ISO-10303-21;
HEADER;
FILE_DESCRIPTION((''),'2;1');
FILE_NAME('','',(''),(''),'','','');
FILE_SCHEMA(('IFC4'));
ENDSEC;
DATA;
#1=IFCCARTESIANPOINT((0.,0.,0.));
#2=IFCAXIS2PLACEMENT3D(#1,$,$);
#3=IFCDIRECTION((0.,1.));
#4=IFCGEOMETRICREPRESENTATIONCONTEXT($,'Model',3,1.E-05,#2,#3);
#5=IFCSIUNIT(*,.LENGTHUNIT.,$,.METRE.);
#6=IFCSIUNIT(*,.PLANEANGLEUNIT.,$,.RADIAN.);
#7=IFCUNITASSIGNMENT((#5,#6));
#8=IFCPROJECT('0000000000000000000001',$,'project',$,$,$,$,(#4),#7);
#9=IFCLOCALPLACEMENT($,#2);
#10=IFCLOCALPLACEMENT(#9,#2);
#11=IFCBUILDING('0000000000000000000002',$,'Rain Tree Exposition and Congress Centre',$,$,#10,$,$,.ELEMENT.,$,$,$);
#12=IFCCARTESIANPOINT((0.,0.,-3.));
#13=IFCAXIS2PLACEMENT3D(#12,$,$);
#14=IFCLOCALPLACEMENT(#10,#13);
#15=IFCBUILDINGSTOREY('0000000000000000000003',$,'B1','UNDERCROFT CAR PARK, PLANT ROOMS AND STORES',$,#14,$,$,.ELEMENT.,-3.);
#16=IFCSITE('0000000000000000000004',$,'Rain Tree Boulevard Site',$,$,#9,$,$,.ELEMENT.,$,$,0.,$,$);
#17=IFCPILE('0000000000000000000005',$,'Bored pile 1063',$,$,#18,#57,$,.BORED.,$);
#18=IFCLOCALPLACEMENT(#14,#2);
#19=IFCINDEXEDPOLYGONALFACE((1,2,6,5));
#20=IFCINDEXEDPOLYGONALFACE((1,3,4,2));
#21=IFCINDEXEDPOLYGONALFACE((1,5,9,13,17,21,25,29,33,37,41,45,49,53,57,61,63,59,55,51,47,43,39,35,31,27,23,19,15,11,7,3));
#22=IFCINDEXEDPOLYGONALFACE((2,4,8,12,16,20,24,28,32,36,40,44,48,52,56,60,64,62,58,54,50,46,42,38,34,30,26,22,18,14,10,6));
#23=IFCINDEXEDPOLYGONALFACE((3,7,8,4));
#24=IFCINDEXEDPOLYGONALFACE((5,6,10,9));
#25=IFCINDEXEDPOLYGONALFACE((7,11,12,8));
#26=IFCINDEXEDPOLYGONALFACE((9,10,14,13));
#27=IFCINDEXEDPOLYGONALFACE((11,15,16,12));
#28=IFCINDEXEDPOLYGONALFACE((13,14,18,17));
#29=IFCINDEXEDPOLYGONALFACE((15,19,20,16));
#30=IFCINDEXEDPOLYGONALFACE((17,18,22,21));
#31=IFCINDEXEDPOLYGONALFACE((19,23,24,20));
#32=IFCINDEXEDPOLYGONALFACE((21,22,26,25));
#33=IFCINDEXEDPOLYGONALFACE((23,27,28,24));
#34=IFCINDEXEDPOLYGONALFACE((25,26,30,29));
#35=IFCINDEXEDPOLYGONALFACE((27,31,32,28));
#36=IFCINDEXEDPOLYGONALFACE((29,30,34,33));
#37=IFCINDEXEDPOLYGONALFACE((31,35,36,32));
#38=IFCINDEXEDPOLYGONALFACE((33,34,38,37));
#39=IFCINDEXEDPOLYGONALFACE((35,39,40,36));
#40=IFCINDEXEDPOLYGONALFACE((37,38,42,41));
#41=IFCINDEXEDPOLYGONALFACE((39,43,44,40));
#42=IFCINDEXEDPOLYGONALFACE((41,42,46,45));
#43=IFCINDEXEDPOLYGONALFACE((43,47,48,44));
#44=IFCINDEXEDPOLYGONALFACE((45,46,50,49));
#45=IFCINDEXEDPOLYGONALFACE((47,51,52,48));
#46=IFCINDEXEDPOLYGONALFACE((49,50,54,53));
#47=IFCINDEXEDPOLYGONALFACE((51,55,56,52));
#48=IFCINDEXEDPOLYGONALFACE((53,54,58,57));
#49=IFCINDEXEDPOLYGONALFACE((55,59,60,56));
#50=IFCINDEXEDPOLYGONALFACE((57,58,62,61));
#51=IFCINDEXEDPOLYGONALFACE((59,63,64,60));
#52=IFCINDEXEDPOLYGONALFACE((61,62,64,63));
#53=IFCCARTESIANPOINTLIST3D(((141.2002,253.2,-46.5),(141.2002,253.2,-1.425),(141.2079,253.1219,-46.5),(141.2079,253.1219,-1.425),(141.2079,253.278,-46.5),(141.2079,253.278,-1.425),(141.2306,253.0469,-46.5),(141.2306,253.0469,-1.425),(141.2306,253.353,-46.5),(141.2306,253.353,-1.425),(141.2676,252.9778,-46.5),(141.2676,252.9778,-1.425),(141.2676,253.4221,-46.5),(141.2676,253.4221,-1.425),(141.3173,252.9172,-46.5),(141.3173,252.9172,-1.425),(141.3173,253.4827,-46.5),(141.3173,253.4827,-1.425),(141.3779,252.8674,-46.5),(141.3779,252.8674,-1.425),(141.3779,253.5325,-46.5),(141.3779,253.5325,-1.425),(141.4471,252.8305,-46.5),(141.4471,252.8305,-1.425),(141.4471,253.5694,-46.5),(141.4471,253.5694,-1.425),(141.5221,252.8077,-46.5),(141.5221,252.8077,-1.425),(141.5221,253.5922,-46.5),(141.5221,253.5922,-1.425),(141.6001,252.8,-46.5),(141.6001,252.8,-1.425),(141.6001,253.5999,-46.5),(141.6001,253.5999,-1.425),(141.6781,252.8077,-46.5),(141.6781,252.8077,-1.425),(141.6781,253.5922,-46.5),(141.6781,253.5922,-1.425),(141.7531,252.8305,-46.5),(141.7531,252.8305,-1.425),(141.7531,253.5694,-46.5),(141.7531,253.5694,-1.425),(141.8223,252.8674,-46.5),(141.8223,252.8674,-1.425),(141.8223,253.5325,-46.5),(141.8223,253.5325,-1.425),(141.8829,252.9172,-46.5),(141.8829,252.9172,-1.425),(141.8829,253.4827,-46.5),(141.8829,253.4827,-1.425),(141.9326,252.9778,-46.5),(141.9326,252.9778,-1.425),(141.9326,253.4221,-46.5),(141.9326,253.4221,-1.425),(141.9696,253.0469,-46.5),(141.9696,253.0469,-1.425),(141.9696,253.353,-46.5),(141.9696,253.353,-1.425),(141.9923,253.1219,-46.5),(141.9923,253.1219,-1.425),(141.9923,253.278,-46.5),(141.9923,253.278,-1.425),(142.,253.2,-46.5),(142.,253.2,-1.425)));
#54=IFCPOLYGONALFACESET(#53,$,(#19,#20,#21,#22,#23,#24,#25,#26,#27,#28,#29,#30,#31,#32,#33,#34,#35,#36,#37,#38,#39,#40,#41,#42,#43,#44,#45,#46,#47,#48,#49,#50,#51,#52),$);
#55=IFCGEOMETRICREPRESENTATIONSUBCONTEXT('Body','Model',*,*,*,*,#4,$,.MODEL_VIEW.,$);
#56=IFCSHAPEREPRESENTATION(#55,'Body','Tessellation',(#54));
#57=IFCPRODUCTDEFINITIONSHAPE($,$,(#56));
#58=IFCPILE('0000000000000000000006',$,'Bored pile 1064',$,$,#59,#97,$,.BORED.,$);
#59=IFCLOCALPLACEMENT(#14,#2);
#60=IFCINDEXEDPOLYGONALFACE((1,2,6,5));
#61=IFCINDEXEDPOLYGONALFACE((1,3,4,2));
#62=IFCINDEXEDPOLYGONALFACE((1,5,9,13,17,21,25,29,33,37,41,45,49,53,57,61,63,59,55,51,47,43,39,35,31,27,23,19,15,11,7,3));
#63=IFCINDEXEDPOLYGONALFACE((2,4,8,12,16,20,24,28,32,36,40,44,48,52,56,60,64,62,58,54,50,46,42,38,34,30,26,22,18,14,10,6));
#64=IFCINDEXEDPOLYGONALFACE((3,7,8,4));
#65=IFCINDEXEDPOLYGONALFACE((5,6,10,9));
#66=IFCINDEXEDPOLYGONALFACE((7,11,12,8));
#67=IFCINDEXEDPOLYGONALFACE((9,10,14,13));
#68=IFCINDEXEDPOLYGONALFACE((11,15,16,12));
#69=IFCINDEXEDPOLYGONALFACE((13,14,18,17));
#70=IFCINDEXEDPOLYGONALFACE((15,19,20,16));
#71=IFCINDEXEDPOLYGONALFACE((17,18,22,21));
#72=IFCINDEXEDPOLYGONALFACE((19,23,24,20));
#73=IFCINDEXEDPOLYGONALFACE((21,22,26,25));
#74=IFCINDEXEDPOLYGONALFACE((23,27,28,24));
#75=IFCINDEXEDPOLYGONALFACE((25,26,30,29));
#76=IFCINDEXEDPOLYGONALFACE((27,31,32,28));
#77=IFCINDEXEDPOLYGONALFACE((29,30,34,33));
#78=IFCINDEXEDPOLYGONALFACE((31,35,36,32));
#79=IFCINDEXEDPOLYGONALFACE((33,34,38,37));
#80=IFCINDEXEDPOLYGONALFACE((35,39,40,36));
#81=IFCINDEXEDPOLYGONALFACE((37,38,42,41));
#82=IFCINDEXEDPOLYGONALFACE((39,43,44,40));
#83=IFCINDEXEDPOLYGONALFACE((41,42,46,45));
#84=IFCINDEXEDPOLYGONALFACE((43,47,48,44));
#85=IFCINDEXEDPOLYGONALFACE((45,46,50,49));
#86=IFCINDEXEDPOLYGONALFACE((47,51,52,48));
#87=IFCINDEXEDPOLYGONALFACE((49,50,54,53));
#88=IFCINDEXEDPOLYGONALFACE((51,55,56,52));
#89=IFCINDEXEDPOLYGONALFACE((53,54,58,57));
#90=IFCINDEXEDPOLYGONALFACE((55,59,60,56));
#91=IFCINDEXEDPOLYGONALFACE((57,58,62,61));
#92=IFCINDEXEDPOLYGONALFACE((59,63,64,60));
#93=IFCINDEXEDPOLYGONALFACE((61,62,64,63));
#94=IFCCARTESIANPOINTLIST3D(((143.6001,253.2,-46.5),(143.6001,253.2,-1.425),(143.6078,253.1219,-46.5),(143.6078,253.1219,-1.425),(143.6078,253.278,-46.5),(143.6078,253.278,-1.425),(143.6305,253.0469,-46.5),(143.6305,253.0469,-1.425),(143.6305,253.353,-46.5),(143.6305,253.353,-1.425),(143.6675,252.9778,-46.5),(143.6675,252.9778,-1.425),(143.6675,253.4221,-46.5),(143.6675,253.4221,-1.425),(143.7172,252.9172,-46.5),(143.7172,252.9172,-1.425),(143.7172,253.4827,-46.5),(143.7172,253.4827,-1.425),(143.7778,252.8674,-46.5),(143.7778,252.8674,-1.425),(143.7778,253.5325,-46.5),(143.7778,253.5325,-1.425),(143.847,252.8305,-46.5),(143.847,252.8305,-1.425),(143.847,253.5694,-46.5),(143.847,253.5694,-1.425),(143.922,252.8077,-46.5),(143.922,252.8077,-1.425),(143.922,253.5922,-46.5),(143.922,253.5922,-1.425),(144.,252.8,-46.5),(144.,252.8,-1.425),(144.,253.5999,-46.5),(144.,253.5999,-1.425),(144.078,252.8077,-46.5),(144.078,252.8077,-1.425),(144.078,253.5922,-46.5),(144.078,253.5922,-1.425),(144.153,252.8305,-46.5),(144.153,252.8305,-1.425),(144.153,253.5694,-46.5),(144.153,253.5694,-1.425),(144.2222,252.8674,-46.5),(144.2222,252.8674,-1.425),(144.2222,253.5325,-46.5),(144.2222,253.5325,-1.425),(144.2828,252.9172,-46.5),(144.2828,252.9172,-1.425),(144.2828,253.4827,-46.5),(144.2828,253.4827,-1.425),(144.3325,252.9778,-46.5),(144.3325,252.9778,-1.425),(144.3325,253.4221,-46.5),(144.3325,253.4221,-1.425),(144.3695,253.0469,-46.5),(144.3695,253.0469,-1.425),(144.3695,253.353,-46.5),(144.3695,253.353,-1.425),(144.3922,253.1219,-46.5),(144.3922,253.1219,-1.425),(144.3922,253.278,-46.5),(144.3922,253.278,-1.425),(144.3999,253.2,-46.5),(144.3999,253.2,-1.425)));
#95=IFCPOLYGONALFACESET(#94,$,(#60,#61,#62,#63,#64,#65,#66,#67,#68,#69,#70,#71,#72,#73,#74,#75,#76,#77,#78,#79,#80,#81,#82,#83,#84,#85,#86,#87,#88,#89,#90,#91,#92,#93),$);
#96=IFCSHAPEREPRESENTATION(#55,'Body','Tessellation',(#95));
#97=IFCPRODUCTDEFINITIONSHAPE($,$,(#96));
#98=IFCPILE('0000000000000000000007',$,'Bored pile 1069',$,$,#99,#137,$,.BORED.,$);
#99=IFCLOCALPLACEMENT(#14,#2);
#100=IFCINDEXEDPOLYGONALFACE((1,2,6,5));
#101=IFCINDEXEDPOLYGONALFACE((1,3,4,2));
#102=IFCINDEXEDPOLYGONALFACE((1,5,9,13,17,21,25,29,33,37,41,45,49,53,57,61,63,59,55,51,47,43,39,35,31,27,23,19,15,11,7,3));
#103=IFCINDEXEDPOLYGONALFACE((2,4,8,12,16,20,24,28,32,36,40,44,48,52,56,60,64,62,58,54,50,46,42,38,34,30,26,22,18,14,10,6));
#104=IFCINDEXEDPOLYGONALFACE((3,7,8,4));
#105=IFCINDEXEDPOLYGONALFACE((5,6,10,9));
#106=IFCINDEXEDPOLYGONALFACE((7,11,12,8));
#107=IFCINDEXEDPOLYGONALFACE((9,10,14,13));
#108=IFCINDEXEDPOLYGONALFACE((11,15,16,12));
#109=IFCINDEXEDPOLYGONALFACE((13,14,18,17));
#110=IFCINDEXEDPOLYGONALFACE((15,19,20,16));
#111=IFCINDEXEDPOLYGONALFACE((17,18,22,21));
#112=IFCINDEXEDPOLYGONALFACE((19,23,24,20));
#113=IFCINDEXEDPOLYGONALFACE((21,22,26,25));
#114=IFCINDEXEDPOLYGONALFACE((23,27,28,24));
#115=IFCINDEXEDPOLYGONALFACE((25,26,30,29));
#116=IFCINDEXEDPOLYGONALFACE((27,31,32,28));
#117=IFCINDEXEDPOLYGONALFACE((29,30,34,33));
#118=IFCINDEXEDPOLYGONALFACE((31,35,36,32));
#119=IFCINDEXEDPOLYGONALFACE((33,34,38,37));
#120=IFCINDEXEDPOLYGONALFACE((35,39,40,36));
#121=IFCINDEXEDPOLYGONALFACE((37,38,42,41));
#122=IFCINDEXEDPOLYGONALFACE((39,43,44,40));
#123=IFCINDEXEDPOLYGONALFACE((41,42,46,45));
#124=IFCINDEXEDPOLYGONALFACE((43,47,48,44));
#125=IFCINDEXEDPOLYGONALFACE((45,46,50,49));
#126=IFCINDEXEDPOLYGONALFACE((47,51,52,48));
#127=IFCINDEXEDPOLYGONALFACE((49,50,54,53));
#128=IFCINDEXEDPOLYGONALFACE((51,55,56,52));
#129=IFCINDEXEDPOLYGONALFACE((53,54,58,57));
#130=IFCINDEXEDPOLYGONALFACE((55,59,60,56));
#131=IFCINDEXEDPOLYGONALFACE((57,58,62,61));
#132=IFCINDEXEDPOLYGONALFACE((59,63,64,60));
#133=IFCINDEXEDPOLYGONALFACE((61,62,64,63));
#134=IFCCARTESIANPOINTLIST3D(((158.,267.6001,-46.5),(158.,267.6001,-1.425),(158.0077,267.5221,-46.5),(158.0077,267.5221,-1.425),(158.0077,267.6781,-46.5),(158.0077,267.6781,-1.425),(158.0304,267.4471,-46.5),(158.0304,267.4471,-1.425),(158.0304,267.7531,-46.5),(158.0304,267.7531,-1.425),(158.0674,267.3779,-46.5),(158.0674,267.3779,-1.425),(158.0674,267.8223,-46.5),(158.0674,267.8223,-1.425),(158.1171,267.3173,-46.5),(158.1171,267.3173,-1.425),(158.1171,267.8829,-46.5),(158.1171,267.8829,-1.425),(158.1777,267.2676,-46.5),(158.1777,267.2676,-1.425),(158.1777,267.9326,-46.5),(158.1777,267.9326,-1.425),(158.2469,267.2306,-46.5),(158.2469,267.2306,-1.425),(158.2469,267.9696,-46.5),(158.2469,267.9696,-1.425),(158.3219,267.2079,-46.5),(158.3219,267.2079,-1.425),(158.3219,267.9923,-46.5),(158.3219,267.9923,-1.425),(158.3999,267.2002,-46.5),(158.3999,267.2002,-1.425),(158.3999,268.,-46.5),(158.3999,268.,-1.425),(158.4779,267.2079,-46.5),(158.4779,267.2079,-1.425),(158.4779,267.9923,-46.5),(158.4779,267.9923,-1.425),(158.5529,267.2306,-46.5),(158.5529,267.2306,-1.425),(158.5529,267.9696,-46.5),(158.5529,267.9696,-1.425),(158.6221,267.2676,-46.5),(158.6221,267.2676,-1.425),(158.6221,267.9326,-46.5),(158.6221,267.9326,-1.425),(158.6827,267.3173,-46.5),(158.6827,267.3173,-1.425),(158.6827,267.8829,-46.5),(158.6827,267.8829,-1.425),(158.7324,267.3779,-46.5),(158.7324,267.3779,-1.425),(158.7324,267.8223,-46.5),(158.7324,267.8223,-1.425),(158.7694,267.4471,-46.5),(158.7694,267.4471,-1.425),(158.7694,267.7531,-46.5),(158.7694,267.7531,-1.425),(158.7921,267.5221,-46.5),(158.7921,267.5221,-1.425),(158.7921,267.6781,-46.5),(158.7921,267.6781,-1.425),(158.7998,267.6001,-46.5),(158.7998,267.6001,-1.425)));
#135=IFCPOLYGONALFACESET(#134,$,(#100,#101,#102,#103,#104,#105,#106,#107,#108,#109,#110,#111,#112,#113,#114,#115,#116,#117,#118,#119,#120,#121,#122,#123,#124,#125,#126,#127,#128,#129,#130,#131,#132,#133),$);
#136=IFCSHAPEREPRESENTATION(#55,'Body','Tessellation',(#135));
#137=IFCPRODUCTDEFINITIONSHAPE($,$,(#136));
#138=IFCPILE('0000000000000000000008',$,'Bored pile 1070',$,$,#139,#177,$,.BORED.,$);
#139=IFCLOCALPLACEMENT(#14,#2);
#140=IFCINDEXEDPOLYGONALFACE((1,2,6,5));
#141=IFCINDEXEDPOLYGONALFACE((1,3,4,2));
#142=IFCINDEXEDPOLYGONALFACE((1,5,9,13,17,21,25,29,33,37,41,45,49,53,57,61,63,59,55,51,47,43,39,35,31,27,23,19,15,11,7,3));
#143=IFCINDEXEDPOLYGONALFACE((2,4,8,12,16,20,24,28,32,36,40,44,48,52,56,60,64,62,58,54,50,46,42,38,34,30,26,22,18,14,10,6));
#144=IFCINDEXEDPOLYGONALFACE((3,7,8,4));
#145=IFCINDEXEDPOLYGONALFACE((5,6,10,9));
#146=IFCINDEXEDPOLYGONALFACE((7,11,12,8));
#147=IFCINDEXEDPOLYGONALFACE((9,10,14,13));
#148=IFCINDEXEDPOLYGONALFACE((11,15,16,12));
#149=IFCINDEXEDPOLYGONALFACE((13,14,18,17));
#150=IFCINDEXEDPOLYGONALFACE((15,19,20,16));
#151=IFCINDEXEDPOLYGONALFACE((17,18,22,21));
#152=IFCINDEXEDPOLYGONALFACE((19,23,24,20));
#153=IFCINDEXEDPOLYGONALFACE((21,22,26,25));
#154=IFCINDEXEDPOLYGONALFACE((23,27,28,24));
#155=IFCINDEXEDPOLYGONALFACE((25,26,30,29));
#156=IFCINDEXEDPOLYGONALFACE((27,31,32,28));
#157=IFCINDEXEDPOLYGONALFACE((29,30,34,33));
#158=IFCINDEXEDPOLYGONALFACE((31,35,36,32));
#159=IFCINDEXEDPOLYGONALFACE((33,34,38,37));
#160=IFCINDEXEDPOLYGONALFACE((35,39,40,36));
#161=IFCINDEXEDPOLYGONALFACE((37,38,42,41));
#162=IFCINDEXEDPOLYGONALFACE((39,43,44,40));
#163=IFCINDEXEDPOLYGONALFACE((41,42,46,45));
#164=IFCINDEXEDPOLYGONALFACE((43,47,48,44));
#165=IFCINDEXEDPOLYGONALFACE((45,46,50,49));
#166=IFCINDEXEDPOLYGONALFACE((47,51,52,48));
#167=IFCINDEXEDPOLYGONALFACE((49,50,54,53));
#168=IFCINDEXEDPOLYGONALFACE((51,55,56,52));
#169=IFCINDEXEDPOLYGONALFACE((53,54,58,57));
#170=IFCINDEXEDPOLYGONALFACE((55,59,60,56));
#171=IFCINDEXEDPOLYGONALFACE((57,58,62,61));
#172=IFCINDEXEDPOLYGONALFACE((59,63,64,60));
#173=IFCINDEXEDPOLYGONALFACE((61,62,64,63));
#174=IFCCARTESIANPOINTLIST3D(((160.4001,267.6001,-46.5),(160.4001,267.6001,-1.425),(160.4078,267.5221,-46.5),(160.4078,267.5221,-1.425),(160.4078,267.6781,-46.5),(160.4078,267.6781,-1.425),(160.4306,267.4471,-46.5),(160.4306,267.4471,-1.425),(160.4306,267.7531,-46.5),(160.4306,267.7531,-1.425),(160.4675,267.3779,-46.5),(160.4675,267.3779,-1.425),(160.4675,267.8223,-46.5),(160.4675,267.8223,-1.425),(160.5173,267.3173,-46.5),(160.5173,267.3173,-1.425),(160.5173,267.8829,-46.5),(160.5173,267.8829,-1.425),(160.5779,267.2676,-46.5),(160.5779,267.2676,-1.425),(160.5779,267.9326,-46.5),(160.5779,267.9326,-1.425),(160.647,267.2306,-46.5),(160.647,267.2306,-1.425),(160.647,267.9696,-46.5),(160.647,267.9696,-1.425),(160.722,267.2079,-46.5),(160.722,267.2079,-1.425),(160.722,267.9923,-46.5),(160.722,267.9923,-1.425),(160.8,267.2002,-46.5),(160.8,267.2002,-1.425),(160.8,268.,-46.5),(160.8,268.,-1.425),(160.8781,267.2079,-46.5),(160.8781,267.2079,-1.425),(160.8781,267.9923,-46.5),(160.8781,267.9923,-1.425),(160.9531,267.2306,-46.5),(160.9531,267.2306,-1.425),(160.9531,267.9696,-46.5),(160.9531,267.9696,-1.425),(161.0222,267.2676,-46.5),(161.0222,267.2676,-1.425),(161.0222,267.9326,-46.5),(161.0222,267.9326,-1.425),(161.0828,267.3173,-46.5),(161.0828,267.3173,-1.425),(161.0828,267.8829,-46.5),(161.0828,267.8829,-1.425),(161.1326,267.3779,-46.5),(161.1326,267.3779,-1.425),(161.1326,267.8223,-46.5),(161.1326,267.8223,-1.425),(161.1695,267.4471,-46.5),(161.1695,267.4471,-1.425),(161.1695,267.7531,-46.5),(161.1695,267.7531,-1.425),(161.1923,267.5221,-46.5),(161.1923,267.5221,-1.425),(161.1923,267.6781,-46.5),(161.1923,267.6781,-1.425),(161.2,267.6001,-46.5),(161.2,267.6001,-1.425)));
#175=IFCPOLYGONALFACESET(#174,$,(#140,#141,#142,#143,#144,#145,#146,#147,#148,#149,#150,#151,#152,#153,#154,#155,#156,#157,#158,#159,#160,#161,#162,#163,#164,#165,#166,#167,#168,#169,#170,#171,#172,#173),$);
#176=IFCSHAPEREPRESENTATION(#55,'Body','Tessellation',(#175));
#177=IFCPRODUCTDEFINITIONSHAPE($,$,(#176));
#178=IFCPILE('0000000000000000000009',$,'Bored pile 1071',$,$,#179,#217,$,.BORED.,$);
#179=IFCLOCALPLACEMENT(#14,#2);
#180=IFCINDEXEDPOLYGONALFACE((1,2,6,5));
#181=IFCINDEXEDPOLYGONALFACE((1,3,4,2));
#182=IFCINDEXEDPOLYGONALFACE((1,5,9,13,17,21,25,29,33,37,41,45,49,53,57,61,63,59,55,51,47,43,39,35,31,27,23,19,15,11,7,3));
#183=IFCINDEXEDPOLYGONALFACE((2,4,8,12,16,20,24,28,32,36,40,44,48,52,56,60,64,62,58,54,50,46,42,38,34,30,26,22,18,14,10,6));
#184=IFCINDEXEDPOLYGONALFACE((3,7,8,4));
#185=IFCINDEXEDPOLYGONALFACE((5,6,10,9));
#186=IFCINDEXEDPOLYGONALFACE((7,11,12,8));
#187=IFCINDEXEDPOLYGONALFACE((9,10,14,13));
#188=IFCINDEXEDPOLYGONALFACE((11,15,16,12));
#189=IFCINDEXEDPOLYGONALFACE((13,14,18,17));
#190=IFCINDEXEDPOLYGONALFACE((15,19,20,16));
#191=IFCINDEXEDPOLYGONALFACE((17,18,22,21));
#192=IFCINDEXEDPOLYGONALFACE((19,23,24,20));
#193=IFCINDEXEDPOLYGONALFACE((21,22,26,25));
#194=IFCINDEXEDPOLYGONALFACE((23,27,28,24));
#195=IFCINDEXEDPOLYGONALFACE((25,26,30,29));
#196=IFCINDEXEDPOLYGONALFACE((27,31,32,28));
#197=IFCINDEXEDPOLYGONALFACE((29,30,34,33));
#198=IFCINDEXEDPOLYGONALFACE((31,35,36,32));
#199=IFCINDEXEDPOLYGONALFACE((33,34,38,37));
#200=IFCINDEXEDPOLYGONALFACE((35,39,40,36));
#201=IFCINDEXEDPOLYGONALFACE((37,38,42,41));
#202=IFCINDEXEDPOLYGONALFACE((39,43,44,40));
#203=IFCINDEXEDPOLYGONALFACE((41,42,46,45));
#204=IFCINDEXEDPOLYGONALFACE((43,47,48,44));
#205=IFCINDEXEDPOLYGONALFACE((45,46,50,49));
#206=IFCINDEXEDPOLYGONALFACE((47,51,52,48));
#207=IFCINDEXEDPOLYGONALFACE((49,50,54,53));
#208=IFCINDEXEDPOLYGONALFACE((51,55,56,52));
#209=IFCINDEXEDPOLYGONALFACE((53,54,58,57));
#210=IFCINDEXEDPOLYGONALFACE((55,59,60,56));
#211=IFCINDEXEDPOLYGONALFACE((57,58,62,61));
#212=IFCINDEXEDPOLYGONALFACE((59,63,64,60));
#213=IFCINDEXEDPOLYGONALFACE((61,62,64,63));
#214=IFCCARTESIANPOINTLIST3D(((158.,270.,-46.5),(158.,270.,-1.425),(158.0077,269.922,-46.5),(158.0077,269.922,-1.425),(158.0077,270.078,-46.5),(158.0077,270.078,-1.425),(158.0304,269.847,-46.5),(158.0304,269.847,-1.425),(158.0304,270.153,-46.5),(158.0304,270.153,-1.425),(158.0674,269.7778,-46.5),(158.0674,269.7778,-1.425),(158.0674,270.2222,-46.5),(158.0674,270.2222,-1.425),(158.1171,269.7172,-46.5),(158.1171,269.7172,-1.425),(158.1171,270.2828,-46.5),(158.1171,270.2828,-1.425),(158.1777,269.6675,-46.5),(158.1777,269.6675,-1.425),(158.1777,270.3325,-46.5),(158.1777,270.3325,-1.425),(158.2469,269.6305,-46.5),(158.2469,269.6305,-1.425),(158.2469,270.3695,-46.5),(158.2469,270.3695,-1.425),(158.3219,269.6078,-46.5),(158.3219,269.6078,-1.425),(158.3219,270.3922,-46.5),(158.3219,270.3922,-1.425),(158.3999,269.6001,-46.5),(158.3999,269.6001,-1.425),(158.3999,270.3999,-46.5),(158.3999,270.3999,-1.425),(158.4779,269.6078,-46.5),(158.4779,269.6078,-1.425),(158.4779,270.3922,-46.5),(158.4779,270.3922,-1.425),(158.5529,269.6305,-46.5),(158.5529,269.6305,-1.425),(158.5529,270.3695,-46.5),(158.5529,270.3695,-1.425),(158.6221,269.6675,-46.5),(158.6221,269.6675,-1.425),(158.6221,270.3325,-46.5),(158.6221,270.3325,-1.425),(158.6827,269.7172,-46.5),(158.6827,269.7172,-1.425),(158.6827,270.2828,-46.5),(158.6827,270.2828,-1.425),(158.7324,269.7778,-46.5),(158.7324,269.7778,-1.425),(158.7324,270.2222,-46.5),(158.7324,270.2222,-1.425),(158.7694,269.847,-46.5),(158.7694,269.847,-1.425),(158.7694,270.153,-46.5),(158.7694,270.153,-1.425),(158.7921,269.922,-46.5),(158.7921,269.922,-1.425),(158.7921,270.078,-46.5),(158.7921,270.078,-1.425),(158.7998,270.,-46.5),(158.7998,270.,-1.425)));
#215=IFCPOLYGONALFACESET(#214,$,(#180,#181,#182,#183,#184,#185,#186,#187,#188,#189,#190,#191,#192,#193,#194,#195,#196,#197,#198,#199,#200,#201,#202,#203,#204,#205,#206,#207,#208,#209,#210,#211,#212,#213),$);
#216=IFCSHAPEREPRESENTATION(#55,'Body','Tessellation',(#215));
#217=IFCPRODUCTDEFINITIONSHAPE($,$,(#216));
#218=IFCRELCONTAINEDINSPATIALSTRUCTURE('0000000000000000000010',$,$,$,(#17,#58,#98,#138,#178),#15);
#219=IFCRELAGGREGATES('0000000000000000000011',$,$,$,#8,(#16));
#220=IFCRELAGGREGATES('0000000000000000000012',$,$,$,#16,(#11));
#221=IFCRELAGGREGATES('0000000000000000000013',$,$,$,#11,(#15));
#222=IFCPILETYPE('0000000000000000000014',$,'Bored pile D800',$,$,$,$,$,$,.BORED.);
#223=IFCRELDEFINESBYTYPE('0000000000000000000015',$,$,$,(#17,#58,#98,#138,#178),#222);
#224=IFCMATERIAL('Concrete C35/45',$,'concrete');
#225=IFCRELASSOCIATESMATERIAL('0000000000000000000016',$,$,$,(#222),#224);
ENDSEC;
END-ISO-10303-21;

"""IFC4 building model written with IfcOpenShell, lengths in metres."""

from ifc_helpers import new_model, si_unit, direction, frame, origin, origin_2d, place, context, subcontext, project, spatial, circle, extrude, material, material_profile, profile_set, type_object, element, save


model = new_model("IFC4")

# Units and contexts
model_context = context("Model", 3, precision=1e-05, world=origin(), true_north=direction((0.0, 1.0)))
body_context = subcontext(model_context, "Body", "Model", "MODEL_VIEW")
ifc_project = project(units=[si_unit("LENGTHUNIT", "METRE"), si_unit("PLANEANGLEUNIT", "RADIAN")], contexts=[model_context])

# Site, building, storey
site_placement = place(None, origin())
site = spatial("IfcSite", under=ifc_project, at=site_placement, Name="Rain Tree Boulevard Site", CompositionType="ELEMENT", RefElevation=0.0)
building_placement = place(site_placement, origin())
building = spatial("IfcBuilding", under=site, at=building_placement, Name="Rain Tree Exposition and Congress Centre", CompositionType="ELEMENT")
storey_placement = place(building_placement, frame((0.0, 0.0, -3.0)))
storey = spatial("IfcBuildingStorey", under=building, at=storey_placement, Name="B1", Description="UNDERCROFT CAR PARK, PLANT ROOMS AND STORES", CompositionType="ELEMENT", Elevation=-3.0)

# Piles
ifc_material_1 = material(Name="Concrete C35/45", Category="concrete")
ifc_material_profile_1 = material_profile(ifc_material_1, circle(Radius=0.3999, at=origin_2d()), Name="D800")
ifc_profile_set_1 = profile_set([ifc_material_profile_1], Name="Concrete C35/45")
pile_type = type_object("IfcPileType", Name="Bored pile D800", PredefinedType="BORED", material=ifc_profile_set_1)
for number, where, z_axis, x_axis, name in (
    (1, (141.6001, 253.2, -1.425), (0.0, 0.0, -1.0), (1.0, 0.0, 0.0), "Bored pile 1063"),
    (2, (144.0, 253.2, -1.425), (0.0, 0.0, -1.0), (1.0, 0.0, 0.0), "Bored pile 1064"),
    (3, (158.3999, 267.6001, -1.425), (0.0, 0.0, -1.0), (1.0, 0.0, 0.0), "Bored pile 1069"),
    (4, (160.8, 267.6001, -1.425), (0.0, 0.0, -1.0), (1.0, 0.0, 0.0), "Bored pile 1070"),
    (5, (158.3999, 270.0, -1.425), (0.0, 0.0, -1.0), (1.0, 0.0, 0.0), "Bored pile 1071"),
):
    element("IfcPile", number, at=place(storey_placement, frame(where, z_axis=z_axis, x_axis=x_axis)), inside=storey, type_object=pile_type, Name=name, PredefinedType="BORED", context=body_context, shape_type="SweptSolid", body=[
        extrude(circle(Radius=0.3999, at=origin_2d()), origin(), (0.0, 0.0, 1.0), 45.075),
    ])

save(model, "model.ifc")
